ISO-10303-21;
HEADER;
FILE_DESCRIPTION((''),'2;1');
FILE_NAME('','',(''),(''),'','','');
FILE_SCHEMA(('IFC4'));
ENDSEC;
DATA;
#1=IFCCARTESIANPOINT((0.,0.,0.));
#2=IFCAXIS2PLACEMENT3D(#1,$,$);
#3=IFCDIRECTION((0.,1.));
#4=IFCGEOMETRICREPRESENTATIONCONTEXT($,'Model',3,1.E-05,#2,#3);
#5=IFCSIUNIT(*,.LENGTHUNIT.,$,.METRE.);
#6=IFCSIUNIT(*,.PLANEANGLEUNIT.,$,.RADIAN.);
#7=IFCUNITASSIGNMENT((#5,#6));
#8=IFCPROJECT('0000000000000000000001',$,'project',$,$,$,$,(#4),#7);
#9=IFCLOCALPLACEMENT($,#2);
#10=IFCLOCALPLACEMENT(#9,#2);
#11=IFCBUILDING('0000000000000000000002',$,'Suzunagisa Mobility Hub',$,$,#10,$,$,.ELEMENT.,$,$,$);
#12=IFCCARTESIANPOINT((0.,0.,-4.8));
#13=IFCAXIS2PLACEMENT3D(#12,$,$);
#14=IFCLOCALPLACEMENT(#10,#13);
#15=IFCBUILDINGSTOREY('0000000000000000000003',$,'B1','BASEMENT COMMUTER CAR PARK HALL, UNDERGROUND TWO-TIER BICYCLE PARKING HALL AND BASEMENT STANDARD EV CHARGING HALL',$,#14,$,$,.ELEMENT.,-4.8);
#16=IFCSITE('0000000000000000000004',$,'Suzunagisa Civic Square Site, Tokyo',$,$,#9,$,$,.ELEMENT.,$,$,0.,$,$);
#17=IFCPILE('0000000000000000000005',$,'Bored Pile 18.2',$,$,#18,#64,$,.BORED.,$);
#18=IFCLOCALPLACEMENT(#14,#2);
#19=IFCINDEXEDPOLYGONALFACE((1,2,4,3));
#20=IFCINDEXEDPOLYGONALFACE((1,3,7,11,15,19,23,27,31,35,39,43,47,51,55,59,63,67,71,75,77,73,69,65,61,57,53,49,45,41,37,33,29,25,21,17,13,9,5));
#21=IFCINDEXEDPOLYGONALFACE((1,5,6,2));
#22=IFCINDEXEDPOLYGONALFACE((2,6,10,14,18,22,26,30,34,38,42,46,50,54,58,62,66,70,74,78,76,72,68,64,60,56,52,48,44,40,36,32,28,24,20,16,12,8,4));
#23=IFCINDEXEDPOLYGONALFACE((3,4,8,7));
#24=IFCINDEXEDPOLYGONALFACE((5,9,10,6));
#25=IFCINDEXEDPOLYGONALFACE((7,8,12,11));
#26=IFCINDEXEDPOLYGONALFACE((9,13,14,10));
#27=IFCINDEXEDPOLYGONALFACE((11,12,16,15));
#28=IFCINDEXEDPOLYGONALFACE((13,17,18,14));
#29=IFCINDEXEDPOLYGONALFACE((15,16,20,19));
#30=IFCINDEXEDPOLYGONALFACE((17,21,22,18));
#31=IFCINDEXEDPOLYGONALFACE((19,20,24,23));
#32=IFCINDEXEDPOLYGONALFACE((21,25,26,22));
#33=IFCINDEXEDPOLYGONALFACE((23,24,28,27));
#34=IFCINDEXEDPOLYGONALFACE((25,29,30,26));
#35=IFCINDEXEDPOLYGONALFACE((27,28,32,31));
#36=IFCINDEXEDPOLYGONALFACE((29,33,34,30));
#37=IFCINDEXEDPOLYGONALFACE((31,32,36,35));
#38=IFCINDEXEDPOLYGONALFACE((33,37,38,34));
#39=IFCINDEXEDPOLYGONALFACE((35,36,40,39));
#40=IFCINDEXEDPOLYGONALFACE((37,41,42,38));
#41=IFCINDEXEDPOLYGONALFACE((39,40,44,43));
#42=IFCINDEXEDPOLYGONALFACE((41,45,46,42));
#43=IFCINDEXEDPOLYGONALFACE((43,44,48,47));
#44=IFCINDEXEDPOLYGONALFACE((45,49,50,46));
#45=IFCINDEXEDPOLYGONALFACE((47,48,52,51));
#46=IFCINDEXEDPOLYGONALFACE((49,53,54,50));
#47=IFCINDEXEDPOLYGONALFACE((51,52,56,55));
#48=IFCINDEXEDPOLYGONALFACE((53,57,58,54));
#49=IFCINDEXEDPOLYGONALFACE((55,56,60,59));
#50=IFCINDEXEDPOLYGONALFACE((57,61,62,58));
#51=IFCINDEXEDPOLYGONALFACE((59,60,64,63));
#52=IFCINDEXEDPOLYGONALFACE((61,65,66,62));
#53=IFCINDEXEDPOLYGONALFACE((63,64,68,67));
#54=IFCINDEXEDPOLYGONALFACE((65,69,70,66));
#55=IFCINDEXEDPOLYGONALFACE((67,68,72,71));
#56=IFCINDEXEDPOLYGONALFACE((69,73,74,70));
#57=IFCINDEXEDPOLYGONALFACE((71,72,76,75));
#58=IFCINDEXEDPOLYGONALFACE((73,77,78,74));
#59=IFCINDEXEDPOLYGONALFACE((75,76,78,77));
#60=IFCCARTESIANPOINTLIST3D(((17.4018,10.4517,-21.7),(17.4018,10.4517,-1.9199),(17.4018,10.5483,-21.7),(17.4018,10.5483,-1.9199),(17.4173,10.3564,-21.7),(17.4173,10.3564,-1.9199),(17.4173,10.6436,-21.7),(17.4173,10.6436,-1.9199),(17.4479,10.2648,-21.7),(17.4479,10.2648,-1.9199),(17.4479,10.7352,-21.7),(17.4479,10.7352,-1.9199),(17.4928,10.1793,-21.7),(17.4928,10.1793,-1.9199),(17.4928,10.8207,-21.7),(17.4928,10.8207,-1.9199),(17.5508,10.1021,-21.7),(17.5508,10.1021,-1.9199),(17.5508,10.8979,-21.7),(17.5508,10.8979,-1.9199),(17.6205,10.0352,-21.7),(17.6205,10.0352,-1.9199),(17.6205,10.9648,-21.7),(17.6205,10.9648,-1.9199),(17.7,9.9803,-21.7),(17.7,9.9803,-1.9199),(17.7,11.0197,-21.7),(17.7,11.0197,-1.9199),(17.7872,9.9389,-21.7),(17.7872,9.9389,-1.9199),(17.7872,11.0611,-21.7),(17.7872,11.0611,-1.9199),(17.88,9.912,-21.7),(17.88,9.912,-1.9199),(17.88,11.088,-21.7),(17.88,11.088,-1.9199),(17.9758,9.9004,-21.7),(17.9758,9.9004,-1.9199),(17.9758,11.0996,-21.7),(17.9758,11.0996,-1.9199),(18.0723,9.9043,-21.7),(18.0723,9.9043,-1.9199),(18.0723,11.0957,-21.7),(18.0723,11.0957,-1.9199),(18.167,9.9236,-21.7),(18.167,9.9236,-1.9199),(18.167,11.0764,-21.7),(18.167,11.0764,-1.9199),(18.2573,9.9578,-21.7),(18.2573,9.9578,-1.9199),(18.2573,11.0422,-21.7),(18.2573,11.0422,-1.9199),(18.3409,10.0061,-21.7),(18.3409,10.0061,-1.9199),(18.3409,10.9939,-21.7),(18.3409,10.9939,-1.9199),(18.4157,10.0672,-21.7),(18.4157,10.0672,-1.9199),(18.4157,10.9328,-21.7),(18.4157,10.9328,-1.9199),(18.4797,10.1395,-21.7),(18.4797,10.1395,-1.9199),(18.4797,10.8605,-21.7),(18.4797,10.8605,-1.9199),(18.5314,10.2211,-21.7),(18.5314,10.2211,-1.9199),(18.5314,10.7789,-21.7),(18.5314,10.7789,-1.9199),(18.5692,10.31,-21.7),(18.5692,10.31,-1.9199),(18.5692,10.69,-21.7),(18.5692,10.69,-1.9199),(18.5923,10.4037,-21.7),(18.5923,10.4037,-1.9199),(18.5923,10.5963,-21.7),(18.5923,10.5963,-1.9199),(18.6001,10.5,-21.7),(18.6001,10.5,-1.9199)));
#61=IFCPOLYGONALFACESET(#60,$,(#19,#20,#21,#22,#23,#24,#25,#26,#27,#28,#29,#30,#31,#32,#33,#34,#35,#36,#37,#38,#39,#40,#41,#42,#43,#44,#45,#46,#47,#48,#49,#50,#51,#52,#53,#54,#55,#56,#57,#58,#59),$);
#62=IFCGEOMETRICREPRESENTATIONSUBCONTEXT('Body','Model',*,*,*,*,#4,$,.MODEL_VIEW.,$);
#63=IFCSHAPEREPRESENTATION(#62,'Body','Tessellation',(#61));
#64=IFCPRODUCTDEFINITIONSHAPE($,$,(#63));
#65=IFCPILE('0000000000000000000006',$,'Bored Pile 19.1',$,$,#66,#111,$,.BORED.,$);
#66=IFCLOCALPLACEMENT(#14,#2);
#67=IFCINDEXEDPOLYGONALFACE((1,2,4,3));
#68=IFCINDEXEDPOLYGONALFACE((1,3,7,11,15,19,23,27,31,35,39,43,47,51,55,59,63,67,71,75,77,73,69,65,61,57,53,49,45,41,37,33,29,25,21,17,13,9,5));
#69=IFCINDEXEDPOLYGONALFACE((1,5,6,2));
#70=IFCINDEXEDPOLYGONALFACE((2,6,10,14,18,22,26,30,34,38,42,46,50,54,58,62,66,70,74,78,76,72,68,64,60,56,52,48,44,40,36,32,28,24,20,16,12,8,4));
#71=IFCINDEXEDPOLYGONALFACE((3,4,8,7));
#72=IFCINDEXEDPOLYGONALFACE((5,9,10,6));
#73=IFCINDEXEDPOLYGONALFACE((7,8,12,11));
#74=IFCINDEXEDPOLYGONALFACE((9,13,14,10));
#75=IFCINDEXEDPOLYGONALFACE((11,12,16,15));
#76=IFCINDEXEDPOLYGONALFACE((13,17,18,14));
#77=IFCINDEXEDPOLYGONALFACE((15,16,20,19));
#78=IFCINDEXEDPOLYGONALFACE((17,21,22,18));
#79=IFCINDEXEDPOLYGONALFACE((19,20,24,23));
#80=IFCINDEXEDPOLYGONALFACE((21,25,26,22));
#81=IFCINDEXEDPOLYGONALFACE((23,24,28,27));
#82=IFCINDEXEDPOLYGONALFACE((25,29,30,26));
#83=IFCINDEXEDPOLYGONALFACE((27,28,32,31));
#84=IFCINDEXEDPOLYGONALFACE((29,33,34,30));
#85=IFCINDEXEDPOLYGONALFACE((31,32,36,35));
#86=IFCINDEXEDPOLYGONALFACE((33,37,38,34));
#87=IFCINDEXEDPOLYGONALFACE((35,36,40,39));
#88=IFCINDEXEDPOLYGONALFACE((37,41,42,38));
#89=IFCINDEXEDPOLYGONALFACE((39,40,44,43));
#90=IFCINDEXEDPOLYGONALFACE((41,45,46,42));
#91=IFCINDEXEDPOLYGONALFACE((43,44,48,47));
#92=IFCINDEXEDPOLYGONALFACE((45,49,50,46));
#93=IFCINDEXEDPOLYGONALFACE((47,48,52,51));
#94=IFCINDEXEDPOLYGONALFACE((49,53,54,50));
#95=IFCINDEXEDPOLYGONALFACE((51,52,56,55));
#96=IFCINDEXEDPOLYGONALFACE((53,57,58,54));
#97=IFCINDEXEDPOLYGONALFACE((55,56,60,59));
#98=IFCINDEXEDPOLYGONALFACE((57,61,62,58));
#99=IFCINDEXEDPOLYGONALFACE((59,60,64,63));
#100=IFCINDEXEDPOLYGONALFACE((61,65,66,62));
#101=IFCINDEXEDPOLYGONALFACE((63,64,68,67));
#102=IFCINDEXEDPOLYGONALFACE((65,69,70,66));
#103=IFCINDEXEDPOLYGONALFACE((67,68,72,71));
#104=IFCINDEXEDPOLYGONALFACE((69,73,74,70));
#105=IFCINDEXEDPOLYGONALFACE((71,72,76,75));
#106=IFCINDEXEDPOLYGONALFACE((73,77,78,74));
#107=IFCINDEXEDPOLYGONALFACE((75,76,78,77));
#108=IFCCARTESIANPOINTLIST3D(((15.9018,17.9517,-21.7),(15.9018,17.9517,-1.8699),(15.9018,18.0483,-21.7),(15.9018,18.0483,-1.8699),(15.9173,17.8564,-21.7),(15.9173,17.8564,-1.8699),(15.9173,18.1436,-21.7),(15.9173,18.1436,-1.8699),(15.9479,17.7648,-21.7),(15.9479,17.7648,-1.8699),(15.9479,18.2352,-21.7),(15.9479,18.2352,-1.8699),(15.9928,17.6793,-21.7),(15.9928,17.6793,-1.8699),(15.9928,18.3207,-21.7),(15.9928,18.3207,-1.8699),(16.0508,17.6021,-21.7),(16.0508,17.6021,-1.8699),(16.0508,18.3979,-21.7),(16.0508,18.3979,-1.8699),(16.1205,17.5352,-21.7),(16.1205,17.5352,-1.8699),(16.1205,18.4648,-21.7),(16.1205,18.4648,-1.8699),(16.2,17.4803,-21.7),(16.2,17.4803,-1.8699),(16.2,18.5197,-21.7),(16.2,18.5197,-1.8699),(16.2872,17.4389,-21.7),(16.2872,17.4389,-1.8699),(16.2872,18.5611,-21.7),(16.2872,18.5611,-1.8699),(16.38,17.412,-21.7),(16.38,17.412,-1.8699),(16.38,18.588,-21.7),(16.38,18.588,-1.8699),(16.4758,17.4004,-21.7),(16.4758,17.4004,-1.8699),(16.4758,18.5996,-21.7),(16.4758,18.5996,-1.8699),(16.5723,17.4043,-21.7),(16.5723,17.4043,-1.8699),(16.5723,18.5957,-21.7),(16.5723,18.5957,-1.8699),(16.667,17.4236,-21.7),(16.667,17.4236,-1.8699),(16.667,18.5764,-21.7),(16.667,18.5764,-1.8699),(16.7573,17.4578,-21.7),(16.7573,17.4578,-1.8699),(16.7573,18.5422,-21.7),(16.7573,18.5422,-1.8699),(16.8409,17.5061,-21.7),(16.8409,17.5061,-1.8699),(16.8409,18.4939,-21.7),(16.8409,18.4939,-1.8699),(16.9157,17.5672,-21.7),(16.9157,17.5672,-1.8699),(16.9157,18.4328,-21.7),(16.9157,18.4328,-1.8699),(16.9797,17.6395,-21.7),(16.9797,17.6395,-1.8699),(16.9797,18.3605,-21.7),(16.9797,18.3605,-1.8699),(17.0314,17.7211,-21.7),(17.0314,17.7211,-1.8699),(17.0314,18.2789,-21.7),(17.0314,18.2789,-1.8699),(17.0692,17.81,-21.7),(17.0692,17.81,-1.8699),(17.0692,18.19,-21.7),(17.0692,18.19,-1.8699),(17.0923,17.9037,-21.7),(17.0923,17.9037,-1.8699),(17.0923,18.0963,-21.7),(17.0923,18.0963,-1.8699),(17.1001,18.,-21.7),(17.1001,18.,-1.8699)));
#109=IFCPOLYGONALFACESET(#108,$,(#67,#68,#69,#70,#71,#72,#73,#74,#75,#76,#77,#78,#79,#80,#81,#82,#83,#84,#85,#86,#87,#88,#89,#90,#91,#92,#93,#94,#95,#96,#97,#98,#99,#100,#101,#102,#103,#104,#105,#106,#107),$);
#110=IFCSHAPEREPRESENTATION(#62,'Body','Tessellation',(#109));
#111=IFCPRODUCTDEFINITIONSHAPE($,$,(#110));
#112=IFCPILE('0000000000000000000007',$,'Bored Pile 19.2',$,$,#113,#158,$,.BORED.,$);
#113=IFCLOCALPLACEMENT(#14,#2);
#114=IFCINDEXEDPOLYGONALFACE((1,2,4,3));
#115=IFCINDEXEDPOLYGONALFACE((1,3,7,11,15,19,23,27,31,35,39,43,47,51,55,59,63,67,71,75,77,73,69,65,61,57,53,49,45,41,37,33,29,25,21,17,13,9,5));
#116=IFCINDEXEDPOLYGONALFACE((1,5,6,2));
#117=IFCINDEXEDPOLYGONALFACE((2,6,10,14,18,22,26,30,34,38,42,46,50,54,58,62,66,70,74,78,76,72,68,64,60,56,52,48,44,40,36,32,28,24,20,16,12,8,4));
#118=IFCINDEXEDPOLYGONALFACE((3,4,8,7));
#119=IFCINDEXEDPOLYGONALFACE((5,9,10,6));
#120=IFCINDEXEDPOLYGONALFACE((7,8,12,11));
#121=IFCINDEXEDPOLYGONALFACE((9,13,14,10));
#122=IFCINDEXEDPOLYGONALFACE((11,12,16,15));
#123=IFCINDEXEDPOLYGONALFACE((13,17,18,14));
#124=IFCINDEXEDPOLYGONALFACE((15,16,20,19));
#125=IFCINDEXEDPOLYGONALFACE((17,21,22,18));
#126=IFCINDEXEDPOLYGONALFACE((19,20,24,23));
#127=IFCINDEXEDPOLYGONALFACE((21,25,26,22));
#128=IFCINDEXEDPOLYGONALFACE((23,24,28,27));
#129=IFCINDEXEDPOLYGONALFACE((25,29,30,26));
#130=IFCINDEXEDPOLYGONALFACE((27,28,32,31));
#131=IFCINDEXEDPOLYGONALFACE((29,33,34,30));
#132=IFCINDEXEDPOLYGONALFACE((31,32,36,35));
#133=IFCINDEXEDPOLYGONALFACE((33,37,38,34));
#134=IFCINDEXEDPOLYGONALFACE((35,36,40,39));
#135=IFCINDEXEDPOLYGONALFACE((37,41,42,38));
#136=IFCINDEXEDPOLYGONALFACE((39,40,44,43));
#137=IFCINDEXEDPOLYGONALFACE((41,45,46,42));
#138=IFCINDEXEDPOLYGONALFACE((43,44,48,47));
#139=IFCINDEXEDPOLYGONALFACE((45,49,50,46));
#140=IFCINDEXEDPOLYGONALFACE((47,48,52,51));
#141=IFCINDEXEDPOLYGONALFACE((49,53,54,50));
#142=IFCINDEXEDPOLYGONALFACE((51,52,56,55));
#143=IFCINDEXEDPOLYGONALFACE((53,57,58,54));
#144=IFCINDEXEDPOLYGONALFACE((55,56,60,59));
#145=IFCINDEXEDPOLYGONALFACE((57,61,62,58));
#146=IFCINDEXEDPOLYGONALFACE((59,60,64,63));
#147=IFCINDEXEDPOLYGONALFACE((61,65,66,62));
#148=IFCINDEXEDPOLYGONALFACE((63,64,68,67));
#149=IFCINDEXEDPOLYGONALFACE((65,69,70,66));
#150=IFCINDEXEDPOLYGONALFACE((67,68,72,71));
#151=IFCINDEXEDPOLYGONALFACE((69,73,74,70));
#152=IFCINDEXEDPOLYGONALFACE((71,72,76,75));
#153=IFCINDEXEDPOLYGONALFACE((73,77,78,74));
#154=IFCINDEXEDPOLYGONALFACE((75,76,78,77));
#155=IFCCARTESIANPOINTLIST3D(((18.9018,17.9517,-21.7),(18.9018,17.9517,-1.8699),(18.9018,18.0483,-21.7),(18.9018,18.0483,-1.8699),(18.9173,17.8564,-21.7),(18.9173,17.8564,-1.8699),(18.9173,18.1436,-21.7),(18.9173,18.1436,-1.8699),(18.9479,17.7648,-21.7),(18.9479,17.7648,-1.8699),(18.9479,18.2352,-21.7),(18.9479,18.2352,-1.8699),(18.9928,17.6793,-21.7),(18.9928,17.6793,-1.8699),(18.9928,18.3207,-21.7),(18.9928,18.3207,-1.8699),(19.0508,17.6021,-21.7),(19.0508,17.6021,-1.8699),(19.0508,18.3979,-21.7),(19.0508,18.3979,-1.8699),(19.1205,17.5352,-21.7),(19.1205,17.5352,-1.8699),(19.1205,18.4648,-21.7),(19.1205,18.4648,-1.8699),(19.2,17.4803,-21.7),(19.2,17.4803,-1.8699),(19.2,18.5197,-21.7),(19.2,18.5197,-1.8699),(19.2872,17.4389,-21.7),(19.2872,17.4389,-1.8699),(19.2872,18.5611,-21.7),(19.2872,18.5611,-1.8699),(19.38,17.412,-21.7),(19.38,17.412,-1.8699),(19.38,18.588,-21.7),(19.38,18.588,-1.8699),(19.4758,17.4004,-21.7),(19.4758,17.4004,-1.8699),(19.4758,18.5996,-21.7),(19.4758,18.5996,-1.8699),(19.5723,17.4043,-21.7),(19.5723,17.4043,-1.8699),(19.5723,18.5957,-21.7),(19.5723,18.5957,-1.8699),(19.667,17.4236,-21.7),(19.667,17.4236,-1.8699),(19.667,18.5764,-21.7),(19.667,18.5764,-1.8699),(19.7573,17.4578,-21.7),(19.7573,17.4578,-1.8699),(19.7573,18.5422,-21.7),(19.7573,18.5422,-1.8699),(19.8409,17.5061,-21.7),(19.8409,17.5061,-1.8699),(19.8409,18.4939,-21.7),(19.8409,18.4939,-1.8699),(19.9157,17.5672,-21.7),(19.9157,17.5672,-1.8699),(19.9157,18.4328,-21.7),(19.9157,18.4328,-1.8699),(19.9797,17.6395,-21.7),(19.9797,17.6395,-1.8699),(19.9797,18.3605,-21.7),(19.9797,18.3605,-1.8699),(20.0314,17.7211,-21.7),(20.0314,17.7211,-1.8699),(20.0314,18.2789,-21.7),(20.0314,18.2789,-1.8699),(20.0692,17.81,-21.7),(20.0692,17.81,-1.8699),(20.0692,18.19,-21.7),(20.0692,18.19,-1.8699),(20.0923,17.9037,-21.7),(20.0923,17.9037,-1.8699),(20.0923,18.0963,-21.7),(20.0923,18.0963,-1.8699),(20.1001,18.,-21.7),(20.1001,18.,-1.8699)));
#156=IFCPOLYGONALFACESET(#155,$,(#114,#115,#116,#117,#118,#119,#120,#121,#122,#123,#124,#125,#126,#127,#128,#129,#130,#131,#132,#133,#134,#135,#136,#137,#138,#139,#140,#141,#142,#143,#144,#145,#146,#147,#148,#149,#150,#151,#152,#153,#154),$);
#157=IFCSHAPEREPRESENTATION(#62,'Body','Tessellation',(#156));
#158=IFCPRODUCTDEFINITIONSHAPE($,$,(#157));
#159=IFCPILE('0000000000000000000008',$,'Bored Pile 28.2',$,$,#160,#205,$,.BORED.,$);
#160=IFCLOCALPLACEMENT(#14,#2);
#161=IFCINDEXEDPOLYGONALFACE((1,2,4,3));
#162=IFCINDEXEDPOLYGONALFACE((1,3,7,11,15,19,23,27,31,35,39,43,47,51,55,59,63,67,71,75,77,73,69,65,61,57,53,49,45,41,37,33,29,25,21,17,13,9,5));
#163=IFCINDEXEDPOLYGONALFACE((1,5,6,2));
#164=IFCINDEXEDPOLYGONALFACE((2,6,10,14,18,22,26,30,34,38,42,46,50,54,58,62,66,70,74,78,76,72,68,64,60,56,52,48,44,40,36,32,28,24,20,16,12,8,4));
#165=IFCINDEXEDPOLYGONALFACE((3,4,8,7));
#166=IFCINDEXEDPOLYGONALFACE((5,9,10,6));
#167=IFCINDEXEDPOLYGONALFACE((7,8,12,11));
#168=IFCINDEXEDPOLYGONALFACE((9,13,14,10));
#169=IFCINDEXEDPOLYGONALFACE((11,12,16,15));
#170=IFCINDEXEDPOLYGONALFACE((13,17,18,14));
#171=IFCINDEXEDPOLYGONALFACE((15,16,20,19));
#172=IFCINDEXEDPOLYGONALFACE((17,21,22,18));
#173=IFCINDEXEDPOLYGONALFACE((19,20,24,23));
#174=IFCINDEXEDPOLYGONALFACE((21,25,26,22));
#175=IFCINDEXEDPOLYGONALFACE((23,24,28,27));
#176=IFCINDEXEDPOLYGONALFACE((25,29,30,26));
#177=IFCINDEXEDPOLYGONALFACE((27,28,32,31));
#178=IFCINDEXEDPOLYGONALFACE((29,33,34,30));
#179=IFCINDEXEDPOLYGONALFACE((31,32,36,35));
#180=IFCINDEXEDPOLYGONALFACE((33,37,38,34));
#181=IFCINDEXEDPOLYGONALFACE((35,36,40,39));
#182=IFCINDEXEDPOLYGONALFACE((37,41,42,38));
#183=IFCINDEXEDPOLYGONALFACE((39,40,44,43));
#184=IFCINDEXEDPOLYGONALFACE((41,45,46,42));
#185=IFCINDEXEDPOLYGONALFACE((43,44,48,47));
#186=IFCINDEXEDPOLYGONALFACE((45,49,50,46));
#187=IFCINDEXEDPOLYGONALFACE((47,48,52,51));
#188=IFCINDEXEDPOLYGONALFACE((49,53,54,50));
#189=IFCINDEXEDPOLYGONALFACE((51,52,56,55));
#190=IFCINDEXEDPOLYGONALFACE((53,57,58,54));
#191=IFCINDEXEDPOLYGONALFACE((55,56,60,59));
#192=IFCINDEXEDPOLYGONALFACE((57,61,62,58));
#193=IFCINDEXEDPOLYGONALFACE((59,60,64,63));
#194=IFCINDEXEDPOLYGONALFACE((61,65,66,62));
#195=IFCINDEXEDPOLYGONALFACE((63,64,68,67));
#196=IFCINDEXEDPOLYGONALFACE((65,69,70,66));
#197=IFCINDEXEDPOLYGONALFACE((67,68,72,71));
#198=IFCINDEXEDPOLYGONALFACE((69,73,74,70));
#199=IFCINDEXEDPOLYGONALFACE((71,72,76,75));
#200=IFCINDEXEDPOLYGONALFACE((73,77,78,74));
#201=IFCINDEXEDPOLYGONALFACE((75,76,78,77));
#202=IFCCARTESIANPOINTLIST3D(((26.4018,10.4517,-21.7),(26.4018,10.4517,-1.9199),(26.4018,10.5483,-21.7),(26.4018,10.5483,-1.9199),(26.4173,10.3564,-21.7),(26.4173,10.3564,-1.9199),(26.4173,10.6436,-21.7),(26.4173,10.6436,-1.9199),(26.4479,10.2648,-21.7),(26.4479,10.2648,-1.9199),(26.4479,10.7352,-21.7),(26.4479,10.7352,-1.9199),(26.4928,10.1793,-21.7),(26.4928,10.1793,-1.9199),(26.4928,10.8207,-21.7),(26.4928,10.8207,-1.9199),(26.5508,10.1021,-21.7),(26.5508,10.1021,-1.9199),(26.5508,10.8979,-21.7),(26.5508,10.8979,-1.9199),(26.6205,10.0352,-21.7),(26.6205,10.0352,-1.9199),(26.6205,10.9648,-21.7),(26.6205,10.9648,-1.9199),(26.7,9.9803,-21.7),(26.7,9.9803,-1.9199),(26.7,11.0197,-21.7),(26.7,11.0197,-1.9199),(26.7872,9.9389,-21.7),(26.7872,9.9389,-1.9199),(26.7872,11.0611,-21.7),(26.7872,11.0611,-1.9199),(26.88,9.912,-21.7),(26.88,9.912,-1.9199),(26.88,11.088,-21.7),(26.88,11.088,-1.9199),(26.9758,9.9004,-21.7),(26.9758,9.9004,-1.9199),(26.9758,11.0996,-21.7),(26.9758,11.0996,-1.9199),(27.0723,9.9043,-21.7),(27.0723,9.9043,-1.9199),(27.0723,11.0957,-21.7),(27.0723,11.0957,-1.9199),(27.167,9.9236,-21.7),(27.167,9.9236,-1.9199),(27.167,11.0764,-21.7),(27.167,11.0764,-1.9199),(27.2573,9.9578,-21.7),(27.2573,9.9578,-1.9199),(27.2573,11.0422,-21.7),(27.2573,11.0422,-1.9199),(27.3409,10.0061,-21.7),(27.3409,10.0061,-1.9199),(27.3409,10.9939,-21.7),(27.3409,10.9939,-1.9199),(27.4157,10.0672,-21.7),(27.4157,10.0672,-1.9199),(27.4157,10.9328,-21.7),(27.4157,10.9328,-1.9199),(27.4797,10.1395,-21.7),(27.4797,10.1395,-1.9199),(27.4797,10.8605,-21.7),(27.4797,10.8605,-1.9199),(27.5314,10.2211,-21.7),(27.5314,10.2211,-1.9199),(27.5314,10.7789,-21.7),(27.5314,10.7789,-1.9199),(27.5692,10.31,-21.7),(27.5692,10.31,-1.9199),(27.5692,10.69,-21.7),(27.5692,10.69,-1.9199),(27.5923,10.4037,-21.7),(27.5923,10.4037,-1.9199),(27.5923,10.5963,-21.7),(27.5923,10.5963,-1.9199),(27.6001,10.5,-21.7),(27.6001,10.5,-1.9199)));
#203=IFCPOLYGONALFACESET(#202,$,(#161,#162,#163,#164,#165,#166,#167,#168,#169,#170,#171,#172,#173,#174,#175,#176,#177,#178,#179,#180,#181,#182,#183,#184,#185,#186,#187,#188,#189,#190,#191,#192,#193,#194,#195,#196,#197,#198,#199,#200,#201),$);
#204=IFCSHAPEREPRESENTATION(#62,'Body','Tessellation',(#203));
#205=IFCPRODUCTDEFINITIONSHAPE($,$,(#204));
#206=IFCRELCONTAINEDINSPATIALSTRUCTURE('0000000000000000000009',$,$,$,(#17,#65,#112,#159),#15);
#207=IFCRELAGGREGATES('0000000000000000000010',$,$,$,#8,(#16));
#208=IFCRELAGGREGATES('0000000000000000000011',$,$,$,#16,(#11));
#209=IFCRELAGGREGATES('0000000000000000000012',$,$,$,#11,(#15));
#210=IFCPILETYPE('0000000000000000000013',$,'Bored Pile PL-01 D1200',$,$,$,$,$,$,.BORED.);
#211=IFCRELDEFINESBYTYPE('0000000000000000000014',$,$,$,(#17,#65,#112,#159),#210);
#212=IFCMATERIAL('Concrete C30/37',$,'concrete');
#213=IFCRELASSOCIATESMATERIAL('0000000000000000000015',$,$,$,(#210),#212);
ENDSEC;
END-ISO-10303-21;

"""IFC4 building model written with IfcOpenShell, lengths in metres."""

from ifc_helpers import new_model, si_unit, direction, frame, origin, origin_2d, place, context, subcontext, project, spatial, circle, extrude, material, material_profile, profile_set, type_object, element, save


model = new_model("IFC4")

# Units and contexts
model_context = context("Model", 3, precision=1e-05, world=origin(), true_north=direction((0.0, 1.0)))
body_context = subcontext(model_context, "Body", "Model", "MODEL_VIEW")
ifc_project = project(units=[si_unit("LENGTHUNIT", "METRE"), si_unit("PLANEANGLEUNIT", "RADIAN")], contexts=[model_context])

# Site, building, storey
site_placement = place(None, origin())
site = spatial("IfcSite", under=ifc_project, at=site_placement, Name="Suzunagisa Civic Square Site, Tokyo", CompositionType="ELEMENT", RefElevation=0.0)
building_placement = place(site_placement, origin())
building = spatial("IfcBuilding", under=site, at=building_placement, Name="Suzunagisa Mobility Hub", CompositionType="ELEMENT")
storey_placement = place(building_placement, frame((0.0, 0.0, -4.8)))
storey = spatial("IfcBuildingStorey", under=building, at=storey_placement, Name="B1", Description="BASEMENT COMMUTER CAR PARK HALL, UNDERGROUND TWO-TIER BICYCLE PARKING HALL AND BASEMENT STANDARD EV CHARGING HALL", CompositionType="ELEMENT", Elevation=-4.8)

# Piles
ifc_material_1 = material(Name="Concrete C30/37", Category="concrete")
ifc_material_profile_1 = material_profile(ifc_material_1, circle(Radius=0.6001, at=origin_2d()), Name="BORED PILE D1200")
ifc_profile_set_1 = profile_set([ifc_material_profile_1], Name="Concrete C30/37")
pile_type = type_object("IfcPileType", Name="Bored Pile PL-01 D1200", PredefinedType="BORED", material=ifc_profile_set_1)
pile_1_placement = place(storey_placement, frame((18.0, 10.5, -1.9199), z_axis=(0.0, 0.0, -1.0), x_axis=(1.0, 0.0, 0.0)))
element("IfcPile", 1, at=pile_1_placement, inside=storey, type_object=pile_type, Name="Bored Pile 18.2", PredefinedType="BORED", context=body_context, shape_type="SweptSolid", body=[
    extrude(circle(Radius=0.6001, at=origin_2d()), origin(), (0.0, 0.0, 1.0), 19.78),
])
for number, where, z_axis, x_axis, name in (
    (2, (16.5, 18.0, -1.8699), (0.0, 0.0, -1.0), (1.0, 0.0, 0.0), "Bored Pile 19.1"),
    (3, (19.5, 18.0, -1.8699), (0.0, 0.0, -1.0), (1.0, 0.0, 0.0), "Bored Pile 19.2"),
):
    element("IfcPile", number, at=place(storey_placement, frame(where, z_axis=z_axis, x_axis=x_axis)), inside=storey, type_object=pile_type, Name=name, PredefinedType="BORED", context=body_context, shape_type="SweptSolid", body=[
        extrude(circle(Radius=0.6001, at=origin_2d()), origin(), (0.0, 0.0, 1.0), 19.8301),
    ])
pile_2_placement = place(storey_placement, frame((27.0, 10.5, -1.9199), z_axis=(0.0, 0.0, -1.0), x_axis=(1.0, 0.0, 0.0)))
element("IfcPile", 4, at=pile_2_placement, inside=storey, type_object=pile_type, Name="Bored Pile 28.2", PredefinedType="BORED", context=body_context, shape_type="SweptSolid", body=[
    extrude(circle(Radius=0.6001, at=origin_2d()), origin(), (0.0, 0.0, 1.0), 19.78),
])

save(model, "model.ifc")
